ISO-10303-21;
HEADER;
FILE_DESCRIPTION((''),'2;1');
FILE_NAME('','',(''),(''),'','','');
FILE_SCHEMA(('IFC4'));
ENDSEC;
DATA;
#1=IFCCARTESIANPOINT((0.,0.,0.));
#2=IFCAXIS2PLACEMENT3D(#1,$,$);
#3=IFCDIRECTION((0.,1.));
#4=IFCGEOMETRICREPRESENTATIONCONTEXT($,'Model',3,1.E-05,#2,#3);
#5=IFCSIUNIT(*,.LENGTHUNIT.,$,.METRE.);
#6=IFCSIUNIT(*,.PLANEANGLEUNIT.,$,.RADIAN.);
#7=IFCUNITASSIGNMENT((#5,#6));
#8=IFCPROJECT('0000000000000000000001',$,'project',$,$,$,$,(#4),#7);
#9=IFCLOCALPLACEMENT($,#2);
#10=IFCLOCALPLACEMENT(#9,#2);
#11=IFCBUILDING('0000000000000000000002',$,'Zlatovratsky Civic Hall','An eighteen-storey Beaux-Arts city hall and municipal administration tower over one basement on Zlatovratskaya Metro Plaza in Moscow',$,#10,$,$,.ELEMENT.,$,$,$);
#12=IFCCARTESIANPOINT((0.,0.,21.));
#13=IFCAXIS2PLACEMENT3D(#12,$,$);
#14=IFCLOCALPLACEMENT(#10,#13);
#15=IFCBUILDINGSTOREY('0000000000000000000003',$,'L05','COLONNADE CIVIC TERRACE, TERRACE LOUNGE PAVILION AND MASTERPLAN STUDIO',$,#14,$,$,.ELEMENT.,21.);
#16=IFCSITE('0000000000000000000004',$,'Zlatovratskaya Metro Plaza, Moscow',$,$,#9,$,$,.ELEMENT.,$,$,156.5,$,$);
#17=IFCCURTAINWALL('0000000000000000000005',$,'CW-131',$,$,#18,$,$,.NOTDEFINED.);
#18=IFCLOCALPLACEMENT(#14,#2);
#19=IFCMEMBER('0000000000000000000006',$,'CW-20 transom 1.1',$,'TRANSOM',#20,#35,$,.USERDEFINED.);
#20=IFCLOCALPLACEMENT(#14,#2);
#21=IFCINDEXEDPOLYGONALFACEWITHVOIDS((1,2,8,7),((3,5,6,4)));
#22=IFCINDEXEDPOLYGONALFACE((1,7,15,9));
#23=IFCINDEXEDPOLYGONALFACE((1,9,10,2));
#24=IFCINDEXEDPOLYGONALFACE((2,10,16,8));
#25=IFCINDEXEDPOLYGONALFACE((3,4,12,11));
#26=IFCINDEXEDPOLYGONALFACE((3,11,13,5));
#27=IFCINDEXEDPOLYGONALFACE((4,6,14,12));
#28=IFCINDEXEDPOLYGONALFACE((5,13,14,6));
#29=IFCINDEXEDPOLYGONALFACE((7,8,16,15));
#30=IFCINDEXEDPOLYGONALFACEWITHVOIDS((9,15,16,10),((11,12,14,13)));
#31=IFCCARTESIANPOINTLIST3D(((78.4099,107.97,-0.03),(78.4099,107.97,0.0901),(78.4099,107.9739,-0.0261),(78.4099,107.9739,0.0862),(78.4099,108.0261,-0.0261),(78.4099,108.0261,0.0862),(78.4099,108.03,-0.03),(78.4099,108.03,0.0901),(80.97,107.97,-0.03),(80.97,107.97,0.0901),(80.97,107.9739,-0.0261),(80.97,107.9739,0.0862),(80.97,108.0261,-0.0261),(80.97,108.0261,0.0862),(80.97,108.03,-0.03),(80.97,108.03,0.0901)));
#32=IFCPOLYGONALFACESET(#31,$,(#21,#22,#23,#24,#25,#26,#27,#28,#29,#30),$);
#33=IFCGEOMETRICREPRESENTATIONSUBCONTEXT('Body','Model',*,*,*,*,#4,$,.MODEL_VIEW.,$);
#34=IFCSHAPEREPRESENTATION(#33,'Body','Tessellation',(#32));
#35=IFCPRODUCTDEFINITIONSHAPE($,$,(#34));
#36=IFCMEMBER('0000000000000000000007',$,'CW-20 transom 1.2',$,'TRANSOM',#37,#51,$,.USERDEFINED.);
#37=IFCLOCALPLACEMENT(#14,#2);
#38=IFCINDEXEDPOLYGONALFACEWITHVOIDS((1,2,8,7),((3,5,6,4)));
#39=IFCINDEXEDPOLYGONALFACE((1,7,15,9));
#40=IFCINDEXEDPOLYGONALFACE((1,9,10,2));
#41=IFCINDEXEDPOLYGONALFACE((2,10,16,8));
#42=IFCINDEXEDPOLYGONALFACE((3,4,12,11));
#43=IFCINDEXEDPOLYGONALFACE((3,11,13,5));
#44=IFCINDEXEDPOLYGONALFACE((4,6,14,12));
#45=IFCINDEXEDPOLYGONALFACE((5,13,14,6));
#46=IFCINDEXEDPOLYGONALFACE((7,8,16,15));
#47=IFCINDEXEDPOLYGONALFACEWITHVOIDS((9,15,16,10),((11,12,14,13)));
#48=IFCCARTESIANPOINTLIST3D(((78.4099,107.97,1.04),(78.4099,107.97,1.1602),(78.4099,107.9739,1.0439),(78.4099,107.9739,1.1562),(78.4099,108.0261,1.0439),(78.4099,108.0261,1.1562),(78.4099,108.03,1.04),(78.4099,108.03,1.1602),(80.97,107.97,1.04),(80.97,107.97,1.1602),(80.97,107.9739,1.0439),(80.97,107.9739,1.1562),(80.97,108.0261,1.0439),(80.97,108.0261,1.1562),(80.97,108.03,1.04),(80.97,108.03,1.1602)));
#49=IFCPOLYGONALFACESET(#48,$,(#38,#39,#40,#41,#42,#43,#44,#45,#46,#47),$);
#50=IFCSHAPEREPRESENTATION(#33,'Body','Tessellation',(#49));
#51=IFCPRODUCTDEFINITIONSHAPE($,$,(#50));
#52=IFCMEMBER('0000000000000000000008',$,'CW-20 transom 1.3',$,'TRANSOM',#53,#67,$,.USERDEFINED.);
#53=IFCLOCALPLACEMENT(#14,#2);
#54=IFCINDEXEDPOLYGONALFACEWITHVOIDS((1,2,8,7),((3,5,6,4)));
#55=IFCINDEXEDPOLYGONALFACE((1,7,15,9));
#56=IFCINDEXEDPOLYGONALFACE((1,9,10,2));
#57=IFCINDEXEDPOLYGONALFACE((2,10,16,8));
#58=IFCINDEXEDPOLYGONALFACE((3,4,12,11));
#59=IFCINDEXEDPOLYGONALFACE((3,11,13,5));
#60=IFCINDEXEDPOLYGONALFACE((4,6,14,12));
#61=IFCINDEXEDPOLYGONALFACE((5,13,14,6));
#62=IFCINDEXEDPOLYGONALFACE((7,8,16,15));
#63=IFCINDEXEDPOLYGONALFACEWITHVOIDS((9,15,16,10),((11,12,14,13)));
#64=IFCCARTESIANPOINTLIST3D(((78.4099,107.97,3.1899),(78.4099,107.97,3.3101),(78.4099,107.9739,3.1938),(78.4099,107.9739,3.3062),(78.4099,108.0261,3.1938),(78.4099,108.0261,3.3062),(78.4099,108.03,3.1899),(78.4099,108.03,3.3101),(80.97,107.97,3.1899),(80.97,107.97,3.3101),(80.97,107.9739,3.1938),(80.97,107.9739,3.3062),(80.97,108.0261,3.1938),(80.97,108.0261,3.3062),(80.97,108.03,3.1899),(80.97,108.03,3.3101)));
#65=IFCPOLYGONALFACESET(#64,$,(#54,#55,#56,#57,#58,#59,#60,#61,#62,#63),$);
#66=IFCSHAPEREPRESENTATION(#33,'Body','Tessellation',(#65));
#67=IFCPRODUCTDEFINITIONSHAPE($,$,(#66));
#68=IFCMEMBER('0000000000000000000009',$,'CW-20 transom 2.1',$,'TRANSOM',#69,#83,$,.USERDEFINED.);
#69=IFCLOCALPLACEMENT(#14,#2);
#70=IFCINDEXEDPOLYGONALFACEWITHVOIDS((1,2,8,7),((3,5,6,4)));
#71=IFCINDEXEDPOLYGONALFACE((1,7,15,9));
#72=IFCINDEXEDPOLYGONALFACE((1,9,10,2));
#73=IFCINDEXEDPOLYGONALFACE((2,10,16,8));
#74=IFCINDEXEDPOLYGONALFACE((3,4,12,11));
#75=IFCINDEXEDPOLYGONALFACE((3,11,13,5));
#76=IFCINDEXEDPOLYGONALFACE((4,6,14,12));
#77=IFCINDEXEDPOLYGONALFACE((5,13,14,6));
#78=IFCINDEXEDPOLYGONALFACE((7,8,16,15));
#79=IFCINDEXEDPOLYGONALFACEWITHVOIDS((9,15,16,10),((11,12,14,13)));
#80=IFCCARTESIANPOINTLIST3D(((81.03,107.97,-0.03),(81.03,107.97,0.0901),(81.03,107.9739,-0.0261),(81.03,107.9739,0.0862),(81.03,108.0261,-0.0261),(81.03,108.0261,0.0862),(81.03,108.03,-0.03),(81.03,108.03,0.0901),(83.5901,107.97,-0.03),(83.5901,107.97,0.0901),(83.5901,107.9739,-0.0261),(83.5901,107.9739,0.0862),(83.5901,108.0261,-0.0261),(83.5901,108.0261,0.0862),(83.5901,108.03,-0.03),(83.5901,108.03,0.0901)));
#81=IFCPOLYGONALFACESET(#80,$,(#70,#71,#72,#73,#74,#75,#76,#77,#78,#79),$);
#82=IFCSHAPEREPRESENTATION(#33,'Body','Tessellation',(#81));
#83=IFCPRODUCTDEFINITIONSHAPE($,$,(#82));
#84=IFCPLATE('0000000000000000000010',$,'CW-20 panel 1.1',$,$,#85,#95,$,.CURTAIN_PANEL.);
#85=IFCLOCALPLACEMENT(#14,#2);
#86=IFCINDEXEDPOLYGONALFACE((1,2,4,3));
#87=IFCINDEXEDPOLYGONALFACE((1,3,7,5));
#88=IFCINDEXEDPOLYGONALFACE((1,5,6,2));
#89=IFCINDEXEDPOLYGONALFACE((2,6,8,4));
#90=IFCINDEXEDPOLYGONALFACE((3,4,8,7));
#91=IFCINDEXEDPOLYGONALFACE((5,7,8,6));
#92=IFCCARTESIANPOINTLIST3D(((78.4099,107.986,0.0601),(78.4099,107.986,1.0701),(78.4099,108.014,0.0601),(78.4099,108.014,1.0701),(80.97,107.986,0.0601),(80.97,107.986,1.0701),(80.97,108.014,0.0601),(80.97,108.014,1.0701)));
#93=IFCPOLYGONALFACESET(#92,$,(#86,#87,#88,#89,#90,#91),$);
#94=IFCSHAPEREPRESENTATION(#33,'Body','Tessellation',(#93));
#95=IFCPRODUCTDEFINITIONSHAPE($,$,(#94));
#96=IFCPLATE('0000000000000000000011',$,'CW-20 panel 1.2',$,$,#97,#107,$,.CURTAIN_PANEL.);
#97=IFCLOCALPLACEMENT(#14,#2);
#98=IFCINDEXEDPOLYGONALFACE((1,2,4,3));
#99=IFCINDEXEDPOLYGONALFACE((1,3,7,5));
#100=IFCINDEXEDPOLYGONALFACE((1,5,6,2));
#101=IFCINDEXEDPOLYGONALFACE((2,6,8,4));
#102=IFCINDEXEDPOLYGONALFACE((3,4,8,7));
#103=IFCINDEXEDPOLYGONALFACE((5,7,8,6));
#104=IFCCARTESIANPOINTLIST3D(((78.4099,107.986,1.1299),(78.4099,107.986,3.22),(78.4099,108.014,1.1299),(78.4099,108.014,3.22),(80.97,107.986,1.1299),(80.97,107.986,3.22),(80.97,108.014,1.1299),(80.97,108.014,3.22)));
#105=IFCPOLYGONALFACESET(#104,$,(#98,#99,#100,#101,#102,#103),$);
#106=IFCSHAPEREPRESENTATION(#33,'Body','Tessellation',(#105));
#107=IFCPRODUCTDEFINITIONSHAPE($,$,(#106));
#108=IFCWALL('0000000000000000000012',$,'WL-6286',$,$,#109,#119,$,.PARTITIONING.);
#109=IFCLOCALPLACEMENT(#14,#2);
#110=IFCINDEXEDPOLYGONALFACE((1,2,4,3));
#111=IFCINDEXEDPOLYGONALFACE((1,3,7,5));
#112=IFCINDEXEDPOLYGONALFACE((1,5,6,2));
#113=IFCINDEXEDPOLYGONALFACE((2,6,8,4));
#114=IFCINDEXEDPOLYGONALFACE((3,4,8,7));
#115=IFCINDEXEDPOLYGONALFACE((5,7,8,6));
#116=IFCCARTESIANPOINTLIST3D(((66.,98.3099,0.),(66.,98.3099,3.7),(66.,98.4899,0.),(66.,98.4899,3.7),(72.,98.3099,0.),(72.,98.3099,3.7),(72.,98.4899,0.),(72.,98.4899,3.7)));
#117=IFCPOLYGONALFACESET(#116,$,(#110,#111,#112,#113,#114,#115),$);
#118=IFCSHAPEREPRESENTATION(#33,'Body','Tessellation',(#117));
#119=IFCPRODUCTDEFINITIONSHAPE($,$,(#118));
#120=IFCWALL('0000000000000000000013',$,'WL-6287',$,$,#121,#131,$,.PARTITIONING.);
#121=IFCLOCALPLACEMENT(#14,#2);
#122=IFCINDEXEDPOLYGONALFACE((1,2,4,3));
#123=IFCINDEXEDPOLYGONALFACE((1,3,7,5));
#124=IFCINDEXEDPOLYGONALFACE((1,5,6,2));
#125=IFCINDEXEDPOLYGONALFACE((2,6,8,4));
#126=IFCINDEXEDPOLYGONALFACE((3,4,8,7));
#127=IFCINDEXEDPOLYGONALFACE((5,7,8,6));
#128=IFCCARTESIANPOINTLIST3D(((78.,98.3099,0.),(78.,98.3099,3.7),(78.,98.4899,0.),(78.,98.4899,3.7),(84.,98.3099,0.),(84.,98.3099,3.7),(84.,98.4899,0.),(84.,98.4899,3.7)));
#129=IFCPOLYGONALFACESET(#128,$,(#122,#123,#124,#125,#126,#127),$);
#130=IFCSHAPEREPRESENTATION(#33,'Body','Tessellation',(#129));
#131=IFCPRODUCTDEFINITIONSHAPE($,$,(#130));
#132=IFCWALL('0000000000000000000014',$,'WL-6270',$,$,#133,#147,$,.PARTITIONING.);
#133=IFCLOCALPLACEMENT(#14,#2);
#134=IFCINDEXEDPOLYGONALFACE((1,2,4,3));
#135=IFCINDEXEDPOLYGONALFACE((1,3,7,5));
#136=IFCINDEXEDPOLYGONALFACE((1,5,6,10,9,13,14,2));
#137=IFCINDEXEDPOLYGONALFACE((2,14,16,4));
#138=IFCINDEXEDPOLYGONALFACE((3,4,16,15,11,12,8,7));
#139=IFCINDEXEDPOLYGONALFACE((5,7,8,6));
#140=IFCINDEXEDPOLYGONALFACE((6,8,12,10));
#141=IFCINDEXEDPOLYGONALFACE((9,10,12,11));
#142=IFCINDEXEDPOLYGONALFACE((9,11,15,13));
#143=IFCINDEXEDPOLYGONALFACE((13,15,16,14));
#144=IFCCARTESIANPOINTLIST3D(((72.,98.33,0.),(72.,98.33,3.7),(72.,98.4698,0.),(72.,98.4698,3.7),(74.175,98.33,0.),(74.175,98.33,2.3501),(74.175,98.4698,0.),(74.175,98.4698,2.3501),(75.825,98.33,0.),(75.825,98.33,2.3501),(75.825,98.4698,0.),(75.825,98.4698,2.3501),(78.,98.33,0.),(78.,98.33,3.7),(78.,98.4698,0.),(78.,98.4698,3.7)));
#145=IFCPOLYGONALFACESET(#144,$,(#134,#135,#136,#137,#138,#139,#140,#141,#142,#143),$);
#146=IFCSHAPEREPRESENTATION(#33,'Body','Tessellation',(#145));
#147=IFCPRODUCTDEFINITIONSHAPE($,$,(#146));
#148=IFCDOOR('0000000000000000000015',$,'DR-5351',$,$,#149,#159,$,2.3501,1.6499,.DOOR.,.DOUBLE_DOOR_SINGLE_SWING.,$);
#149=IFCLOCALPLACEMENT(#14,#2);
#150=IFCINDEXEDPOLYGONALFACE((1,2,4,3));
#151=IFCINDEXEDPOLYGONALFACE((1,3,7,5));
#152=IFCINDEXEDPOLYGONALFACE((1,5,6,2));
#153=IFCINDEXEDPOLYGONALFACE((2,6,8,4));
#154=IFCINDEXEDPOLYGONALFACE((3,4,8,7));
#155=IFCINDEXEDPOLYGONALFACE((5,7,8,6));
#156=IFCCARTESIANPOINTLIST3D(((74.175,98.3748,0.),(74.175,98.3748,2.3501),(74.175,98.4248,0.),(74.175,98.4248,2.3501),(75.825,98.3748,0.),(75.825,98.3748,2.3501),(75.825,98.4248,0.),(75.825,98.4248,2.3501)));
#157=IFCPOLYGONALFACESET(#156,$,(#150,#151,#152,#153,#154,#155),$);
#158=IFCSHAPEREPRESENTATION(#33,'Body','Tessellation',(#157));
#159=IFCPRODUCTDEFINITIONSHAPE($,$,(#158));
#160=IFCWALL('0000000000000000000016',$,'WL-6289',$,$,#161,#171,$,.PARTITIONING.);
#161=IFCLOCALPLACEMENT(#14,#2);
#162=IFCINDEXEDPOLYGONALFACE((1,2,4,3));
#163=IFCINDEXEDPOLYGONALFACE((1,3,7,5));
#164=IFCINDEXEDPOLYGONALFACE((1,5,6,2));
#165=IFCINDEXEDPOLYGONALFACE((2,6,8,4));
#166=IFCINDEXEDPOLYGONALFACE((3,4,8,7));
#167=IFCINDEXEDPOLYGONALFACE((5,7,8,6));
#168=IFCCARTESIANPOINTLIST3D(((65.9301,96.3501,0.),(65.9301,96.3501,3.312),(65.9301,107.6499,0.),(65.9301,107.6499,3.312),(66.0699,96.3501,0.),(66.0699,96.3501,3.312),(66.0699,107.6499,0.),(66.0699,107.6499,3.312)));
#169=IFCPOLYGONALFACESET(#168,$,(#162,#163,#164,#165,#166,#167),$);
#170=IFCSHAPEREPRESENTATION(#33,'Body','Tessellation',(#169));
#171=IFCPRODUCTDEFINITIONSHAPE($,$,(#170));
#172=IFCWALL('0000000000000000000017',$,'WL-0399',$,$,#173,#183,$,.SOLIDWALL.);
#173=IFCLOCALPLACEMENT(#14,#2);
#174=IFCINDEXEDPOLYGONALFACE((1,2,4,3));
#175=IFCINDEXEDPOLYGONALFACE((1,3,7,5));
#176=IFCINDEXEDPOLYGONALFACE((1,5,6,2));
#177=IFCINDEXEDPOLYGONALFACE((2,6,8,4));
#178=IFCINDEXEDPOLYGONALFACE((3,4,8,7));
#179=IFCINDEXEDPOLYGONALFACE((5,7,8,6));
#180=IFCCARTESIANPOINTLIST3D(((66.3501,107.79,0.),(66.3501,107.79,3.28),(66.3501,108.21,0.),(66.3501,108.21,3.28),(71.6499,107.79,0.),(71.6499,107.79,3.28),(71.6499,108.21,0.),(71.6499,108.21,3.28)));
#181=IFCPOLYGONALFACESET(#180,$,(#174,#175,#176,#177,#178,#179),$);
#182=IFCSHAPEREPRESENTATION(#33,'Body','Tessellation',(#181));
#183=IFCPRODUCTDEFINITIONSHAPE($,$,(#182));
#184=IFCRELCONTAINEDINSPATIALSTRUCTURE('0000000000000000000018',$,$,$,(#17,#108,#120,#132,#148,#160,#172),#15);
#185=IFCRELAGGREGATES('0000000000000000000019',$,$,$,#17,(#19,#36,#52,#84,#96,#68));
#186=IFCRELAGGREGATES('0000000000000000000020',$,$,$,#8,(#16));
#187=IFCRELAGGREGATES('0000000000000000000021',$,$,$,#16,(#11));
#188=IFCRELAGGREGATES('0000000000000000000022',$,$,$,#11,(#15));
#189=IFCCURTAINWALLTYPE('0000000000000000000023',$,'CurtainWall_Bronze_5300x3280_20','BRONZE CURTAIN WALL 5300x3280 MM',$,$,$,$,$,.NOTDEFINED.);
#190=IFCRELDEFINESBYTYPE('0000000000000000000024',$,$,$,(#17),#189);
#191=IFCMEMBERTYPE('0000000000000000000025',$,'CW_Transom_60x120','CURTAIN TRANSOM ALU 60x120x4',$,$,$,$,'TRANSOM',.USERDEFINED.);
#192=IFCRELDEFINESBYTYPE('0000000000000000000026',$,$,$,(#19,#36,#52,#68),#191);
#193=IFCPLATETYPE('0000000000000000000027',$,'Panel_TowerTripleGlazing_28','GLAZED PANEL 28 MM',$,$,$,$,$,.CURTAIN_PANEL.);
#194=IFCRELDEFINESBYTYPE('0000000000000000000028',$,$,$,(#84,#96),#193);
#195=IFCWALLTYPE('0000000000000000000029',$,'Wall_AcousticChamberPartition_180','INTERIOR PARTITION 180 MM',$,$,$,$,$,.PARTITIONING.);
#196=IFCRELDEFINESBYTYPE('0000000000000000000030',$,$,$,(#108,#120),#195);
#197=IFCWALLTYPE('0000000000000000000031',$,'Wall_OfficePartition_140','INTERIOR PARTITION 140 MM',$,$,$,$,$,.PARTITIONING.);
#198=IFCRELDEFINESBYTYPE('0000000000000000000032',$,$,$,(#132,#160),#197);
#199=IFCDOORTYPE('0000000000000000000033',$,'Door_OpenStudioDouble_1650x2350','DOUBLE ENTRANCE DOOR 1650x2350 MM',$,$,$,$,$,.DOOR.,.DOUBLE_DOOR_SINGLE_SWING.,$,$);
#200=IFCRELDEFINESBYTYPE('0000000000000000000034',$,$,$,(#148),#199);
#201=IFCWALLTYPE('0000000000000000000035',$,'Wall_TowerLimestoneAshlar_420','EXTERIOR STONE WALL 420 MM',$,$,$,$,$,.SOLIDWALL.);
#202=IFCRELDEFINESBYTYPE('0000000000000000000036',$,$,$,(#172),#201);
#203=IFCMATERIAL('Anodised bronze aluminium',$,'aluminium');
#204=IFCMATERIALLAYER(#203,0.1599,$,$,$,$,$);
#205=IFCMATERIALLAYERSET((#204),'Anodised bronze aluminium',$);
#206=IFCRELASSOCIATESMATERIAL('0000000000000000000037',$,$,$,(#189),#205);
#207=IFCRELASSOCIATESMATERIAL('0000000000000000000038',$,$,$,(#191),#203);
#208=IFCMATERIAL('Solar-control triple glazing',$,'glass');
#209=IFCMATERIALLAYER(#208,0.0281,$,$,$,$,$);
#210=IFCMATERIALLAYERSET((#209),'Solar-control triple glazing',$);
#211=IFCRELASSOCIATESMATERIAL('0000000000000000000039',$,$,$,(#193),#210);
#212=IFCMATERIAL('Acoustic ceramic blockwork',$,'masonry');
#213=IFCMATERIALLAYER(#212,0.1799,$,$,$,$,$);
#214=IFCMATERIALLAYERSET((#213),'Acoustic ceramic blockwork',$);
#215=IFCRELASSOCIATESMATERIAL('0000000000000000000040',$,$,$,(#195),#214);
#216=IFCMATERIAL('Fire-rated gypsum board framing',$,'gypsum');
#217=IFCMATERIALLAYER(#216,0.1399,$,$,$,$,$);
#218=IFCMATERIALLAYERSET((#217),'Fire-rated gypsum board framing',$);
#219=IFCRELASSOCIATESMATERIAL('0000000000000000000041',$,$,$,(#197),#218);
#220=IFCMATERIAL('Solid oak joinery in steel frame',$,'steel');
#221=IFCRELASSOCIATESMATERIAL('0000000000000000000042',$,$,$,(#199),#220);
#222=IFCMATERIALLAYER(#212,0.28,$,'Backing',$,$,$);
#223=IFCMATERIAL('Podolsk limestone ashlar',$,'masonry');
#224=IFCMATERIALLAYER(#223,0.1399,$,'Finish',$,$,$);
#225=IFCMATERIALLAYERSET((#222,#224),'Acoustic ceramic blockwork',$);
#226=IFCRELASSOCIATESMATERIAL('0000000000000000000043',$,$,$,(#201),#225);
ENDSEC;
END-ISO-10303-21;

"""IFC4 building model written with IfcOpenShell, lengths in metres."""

from ifc_helpers import new_model, si_unit, direction, frame, frame_2d, origin, origin_2d, place, context, subcontext, project, spatial, rectangle, hollow_rectangle, extrude, material, layer, layer_set, material_profile, profile_set, type_object, element, fill, aggregate, save


model = new_model("IFC4")

# Units and contexts
model_context = context("Model", 3, precision=1e-05, world=origin(), true_north=direction((0.0, 1.0)))
body_context = subcontext(model_context, "Body", "Model", "MODEL_VIEW")
ifc_project = project(units=[si_unit("LENGTHUNIT", "METRE"), si_unit("PLANEANGLEUNIT", "RADIAN")], contexts=[model_context])

# Site, building, storey
site_placement = place(None, origin())
site = spatial("IfcSite", under=ifc_project, at=site_placement, Name="Zlatovratskaya Metro Plaza, Moscow", CompositionType="ELEMENT", RefElevation=156.5)
building_placement = place(site_placement, origin())
building = spatial("IfcBuilding", under=site, at=building_placement, Name="Zlatovratsky Civic Hall", Description="An eighteen-storey Beaux-Arts city hall and municipal administration tower over one basement on Zlatovratskaya Metro Plaza in Moscow", CompositionType="ELEMENT")
storey_placement = place(building_placement, frame((0.0, 0.0, 21.0)))
storey = spatial("IfcBuildingStorey", under=building, at=storey_placement, Name="L05", Description="COLONNADE CIVIC TERRACE, TERRACE LOUNGE PAVILION AND MASTERPLAN STUDIO", CompositionType="ELEMENT", Elevation=21.0)

# Curtain wall, members, plates
ifc_material_1 = material(Name="Anodised bronze aluminium", Category="aluminium")
ifc_layer_1 = layer(ifc_material_1, 0.1599)
ifc_layer_set_1 = layer_set([ifc_layer_1], Name="Anodised bronze aluminium")
curtain_wall_type = type_object("IfcCurtainWallType", Name="CurtainWall_Bronze_5300x3280_20", Description="BRONZE CURTAIN WALL 5300x3280 MM", PredefinedType="NOTDEFINED", material=ifc_layer_set_1)
curtain_wall_placement = place(storey_placement, origin())
curtain_wall = element("IfcCurtainWall", 1, at=curtain_wall_placement, inside=storey, type_object=curtain_wall_type, Name="CW-131", PredefinedType="NOTDEFINED")
ifc_material_profile_1 = material_profile(ifc_material_1, hollow_rectangle(XDim=0.0601, YDim=0.1201, WallThickness=0.0039, at=origin_2d()), Name="ALU 60x120x4")
ifc_profile_set_1 = profile_set([ifc_material_profile_1], Name="Anodised bronze aluminium")
member_type_1 = type_object("IfcMemberType", Name="CW_Transom_60x120", Description="CURTAIN TRANSOM ALU 60x120x4", ElementType="TRANSOM", PredefinedType="USERDEFINED", material=ifc_profile_set_1)
member_1_placement = place(storey_placement, frame((78.4099, 108.0, 0.03), z_axis=(1.0, 0.0, 0.0), x_axis=(0.0, 1.0, 0.0)))
member_1 = element("IfcMember", 2, at=member_1_placement, type_object=member_type_1, Name="CW-20 transom 1.1", ObjectType="TRANSOM", PredefinedType="USERDEFINED", context=body_context, shape_type="SweptSolid", body=[
    extrude(hollow_rectangle(XDim=0.0601, YDim=0.1201, WallThickness=0.0039, at=origin_2d()), origin(), (0.0, 0.0, 1.0), 2.5601),
])
member_2_placement = place(storey_placement, frame((78.4099, 108.0, 1.1001), z_axis=(1.0, 0.0, 0.0), x_axis=(0.0, 1.0, 0.0)))
member_2 = element("IfcMember", 3, at=member_2_placement, type_object=member_type_1, Name="CW-20 transom 1.2", ObjectType="TRANSOM", PredefinedType="USERDEFINED", context=body_context, shape_type="SweptSolid", body=[
    extrude(hollow_rectangle(XDim=0.0601, YDim=0.1201, WallThickness=0.0039, at=origin_2d()), origin(), (0.0, 0.0, 1.0), 2.5601),
])
member_3_placement = place(storey_placement, frame((78.4099, 108.0, 3.25), z_axis=(1.0, 0.0, 0.0), x_axis=(0.0, 1.0, 0.0)))
member_3 = element("IfcMember", 4, at=member_3_placement, type_object=member_type_1, Name="CW-20 transom 1.3", ObjectType="TRANSOM", PredefinedType="USERDEFINED", context=body_context, shape_type="SweptSolid", body=[
    extrude(hollow_rectangle(XDim=0.0601, YDim=0.1201, WallThickness=0.0039, at=origin_2d()), origin(), (0.0, 0.0, 1.0), 2.5601),
])
member_4_placement = place(storey_placement, frame((81.03, 108.0, 0.03), z_axis=(1.0, 0.0, 0.0), x_axis=(0.0, 1.0, 0.0)))
member_4 = element("IfcMember", 5, at=member_4_placement, type_object=member_type_1, Name="CW-20 transom 2.1", ObjectType="TRANSOM", PredefinedType="USERDEFINED", context=body_context, shape_type="SweptSolid", body=[
    extrude(hollow_rectangle(XDim=0.0601, YDim=0.1201, WallThickness=0.0039, at=origin_2d()), origin(), (0.0, 0.0, 1.0), 2.5601),
])
ifc_material_2 = material(Name="Solar-control triple glazing", Category="glass")
ifc_layer_2 = layer(ifc_material_2, 0.0281)
ifc_layer_set_2 = layer_set([ifc_layer_2], Name="Solar-control triple glazing")
plate_type = type_object("IfcPlateType", Name="Panel_TowerTripleGlazing_28", Description="GLAZED PANEL 28 MM", PredefinedType="CURTAIN_PANEL", material=ifc_layer_set_2)
plate_1_placement = place(storey_placement, frame((79.6899, 108.0, 0.0601), z_axis=(0.0, 0.0, 1.0), x_axis=(1.0, 0.0, 0.0)))
plate_1 = element("IfcPlate", 6, at=plate_1_placement, type_object=plate_type, Name="CW-20 panel 1.1", PredefinedType="CURTAIN_PANEL", context=body_context, shape_type="SweptSolid", body=[
    extrude(rectangle(XDim=2.5601, YDim=0.0281, at=origin_2d()), origin(), (0.0, 0.0, 1.0), 1.01),
])
plate_2_placement = place(storey_placement, frame((79.6899, 108.0, 1.1299), z_axis=(0.0, 0.0, 1.0), x_axis=(1.0, 0.0, 0.0)))
plate_2 = element("IfcPlate", 7, at=plate_2_placement, type_object=plate_type, Name="CW-20 panel 1.2", PredefinedType="CURTAIN_PANEL", context=body_context, shape_type="SweptSolid", body=[
    extrude(rectangle(XDim=2.5601, YDim=0.0281, at=origin_2d()), origin(), (0.0, 0.0, 1.0), 2.0901),
])
aggregate(curtain_wall, [member_1, member_2, member_3, plate_1, plate_2, member_4])

# Walls
ifc_material_3 = material(Name="Acoustic ceramic blockwork", Category="masonry")
ifc_layer_3 = layer(ifc_material_3, 0.1799)
ifc_layer_set_3 = layer_set([ifc_layer_3], Name="Acoustic ceramic blockwork")
wall_type_1 = type_object("IfcWallType", Name="Wall_AcousticChamberPartition_180", Description="INTERIOR PARTITION 180 MM", PredefinedType="PARTITIONING", material=ifc_layer_set_3)
for number, where, z_axis, x_axis, name in (
    (8, (66.0, 98.3999, 0.0), (0.0, 0.0, 1.0), (1.0, 0.0, 0.0), "WL-6286"),
    (9, (78.0, 98.3999, 0.0), (0.0, 0.0, 1.0), (1.0, 0.0, 0.0), "WL-6287"),
):
    element("IfcWall", number, at=place(storey_placement, frame(where, z_axis=z_axis, x_axis=x_axis)), inside=storey, type_object=wall_type_1, Name=name, PredefinedType="PARTITIONING", context=body_context, shape_type="SweptSolid", body=[
        extrude(rectangle(XDim=6.0, YDim=0.1799, at=frame_2d((3.0, 0.0))), origin(), (0.0, 0.0, 1.0), 3.7),
    ])

# Wall, opening, door
ifc_material_4 = material(Name="Fire-rated gypsum board framing", Category="gypsum")
ifc_layer_4 = layer(ifc_material_4, 0.1399)
ifc_layer_set_4 = layer_set([ifc_layer_4], Name="Fire-rated gypsum board framing")
wall_type_2 = type_object("IfcWallType", Name="Wall_OfficePartition_140", Description="INTERIOR PARTITION 140 MM", PredefinedType="PARTITIONING", material=ifc_layer_set_4)
wall_1_placement = place(storey_placement, frame((72.0, 98.3999, 0.0), z_axis=(0.0, 0.0, 1.0), x_axis=(1.0, 0.0, 0.0)))
wall_1 = element("IfcWall", 10, at=wall_1_placement, inside=storey, type_object=wall_type_2, Name="WL-6270", PredefinedType="PARTITIONING", context=body_context, shape_type="SweptSolid", body=[
    extrude(rectangle(XDim=6.0, YDim=0.1399, at=frame_2d((3.0, 0.0))), origin(), (0.0, 0.0, 1.0), 3.7),
])
opening_placement = place(wall_1_placement, frame((2.175, 0.0, 0.0)))
opening = element("IfcOpeningElement", 11, at=opening_placement, cuts=wall_1, PredefinedType="OPENING", context=body_context, shape_type="SweptSolid", body=[
    extrude(rectangle(XDim=1.6499, YDim=2.3501, at=frame_2d((0.825, 1.175))), frame((0.0, 0.085, 0.0), z_axis=(0.0, -1.0, 0.0), x_axis=(1.0, 0.0, 0.0)), (0.0, 0.0, 1.0), 0.1697),
])
ifc_material_5 = material(Name="Solid oak joinery in steel frame", Category="steel")
door_type = type_object("IfcDoorType", Name="Door_OpenStudioDouble_1650x2350", Description="DOUBLE ENTRANCE DOOR 1650x2350 MM", OperationType="DOUBLE_DOOR_SINGLE_SWING", PredefinedType="DOOR", material=ifc_material_5)
door_placement = place(opening_placement, origin())
door = element("IfcDoor", 12, at=door_placement, inside=storey, type_object=door_type, Name="DR-5351", OperationType="DOUBLE_DOOR_SINGLE_SWING", OverallHeight=2.3501, OverallWidth=1.6499, PredefinedType="DOOR", context=body_context, shape_type="SweptSolid", body=[
    extrude(rectangle(XDim=1.6499, YDim=2.3501, at=frame_2d((0.825, 1.175))), frame((0.0, 0.0249, 0.0), z_axis=(0.0, -1.0, 0.0), x_axis=(1.0, 0.0, 0.0)), (0.0, 0.0, 1.0), 0.05),
])
fill(opening, door)

# Walls
wall_2_placement = place(storey_placement, frame((66.0, 96.3501, 0.0), z_axis=(0.0, 0.0, 1.0), x_axis=(0.0, 1.0, 0.0)))
element("IfcWall", 13, at=wall_2_placement, inside=storey, type_object=wall_type_2, Name="WL-6289", PredefinedType="PARTITIONING", context=body_context, shape_type="SweptSolid", body=[
    extrude(rectangle(XDim=11.2998, YDim=0.1399, at=frame_2d((5.6499, 0.0))), origin(), (0.0, 0.0, 1.0), 3.312),
])
ifc_layer_5 = layer(ifc_material_3, 0.28, Name="Backing")
ifc_material_6 = material(Name="Podolsk limestone ashlar", Category="masonry")
ifc_layer_6 = layer(ifc_material_6, 0.1399, Name="Finish")
ifc_layer_set_5 = layer_set([ifc_layer_5, ifc_layer_6], Name="Acoustic ceramic blockwork")
wall_type_3 = type_object("IfcWallType", Name="Wall_TowerLimestoneAshlar_420", Description="EXTERIOR STONE WALL 420 MM", PredefinedType="SOLIDWALL", material=ifc_layer_set_5)
for number, where, z_axis, x_axis, name in (
    (14, (66.3501, 108.0, 0.0), (0.0, 0.0, 1.0), (1.0, 0.0, 0.0), "WL-0399"),
):
    element("IfcWall", number, at=place(storey_placement, frame(where, z_axis=z_axis, x_axis=x_axis)), inside=storey, type_object=wall_type_3, Name=name, PredefinedType="SOLIDWALL", context=body_context, shape_type="SweptSolid", body=[
        extrude(rectangle(XDim=5.2998, YDim=0.4199, at=frame_2d((2.6499, 0.0))), origin(), (0.0, 0.0, 1.0), 3.28),
    ])

save(model, "model.ifc")
